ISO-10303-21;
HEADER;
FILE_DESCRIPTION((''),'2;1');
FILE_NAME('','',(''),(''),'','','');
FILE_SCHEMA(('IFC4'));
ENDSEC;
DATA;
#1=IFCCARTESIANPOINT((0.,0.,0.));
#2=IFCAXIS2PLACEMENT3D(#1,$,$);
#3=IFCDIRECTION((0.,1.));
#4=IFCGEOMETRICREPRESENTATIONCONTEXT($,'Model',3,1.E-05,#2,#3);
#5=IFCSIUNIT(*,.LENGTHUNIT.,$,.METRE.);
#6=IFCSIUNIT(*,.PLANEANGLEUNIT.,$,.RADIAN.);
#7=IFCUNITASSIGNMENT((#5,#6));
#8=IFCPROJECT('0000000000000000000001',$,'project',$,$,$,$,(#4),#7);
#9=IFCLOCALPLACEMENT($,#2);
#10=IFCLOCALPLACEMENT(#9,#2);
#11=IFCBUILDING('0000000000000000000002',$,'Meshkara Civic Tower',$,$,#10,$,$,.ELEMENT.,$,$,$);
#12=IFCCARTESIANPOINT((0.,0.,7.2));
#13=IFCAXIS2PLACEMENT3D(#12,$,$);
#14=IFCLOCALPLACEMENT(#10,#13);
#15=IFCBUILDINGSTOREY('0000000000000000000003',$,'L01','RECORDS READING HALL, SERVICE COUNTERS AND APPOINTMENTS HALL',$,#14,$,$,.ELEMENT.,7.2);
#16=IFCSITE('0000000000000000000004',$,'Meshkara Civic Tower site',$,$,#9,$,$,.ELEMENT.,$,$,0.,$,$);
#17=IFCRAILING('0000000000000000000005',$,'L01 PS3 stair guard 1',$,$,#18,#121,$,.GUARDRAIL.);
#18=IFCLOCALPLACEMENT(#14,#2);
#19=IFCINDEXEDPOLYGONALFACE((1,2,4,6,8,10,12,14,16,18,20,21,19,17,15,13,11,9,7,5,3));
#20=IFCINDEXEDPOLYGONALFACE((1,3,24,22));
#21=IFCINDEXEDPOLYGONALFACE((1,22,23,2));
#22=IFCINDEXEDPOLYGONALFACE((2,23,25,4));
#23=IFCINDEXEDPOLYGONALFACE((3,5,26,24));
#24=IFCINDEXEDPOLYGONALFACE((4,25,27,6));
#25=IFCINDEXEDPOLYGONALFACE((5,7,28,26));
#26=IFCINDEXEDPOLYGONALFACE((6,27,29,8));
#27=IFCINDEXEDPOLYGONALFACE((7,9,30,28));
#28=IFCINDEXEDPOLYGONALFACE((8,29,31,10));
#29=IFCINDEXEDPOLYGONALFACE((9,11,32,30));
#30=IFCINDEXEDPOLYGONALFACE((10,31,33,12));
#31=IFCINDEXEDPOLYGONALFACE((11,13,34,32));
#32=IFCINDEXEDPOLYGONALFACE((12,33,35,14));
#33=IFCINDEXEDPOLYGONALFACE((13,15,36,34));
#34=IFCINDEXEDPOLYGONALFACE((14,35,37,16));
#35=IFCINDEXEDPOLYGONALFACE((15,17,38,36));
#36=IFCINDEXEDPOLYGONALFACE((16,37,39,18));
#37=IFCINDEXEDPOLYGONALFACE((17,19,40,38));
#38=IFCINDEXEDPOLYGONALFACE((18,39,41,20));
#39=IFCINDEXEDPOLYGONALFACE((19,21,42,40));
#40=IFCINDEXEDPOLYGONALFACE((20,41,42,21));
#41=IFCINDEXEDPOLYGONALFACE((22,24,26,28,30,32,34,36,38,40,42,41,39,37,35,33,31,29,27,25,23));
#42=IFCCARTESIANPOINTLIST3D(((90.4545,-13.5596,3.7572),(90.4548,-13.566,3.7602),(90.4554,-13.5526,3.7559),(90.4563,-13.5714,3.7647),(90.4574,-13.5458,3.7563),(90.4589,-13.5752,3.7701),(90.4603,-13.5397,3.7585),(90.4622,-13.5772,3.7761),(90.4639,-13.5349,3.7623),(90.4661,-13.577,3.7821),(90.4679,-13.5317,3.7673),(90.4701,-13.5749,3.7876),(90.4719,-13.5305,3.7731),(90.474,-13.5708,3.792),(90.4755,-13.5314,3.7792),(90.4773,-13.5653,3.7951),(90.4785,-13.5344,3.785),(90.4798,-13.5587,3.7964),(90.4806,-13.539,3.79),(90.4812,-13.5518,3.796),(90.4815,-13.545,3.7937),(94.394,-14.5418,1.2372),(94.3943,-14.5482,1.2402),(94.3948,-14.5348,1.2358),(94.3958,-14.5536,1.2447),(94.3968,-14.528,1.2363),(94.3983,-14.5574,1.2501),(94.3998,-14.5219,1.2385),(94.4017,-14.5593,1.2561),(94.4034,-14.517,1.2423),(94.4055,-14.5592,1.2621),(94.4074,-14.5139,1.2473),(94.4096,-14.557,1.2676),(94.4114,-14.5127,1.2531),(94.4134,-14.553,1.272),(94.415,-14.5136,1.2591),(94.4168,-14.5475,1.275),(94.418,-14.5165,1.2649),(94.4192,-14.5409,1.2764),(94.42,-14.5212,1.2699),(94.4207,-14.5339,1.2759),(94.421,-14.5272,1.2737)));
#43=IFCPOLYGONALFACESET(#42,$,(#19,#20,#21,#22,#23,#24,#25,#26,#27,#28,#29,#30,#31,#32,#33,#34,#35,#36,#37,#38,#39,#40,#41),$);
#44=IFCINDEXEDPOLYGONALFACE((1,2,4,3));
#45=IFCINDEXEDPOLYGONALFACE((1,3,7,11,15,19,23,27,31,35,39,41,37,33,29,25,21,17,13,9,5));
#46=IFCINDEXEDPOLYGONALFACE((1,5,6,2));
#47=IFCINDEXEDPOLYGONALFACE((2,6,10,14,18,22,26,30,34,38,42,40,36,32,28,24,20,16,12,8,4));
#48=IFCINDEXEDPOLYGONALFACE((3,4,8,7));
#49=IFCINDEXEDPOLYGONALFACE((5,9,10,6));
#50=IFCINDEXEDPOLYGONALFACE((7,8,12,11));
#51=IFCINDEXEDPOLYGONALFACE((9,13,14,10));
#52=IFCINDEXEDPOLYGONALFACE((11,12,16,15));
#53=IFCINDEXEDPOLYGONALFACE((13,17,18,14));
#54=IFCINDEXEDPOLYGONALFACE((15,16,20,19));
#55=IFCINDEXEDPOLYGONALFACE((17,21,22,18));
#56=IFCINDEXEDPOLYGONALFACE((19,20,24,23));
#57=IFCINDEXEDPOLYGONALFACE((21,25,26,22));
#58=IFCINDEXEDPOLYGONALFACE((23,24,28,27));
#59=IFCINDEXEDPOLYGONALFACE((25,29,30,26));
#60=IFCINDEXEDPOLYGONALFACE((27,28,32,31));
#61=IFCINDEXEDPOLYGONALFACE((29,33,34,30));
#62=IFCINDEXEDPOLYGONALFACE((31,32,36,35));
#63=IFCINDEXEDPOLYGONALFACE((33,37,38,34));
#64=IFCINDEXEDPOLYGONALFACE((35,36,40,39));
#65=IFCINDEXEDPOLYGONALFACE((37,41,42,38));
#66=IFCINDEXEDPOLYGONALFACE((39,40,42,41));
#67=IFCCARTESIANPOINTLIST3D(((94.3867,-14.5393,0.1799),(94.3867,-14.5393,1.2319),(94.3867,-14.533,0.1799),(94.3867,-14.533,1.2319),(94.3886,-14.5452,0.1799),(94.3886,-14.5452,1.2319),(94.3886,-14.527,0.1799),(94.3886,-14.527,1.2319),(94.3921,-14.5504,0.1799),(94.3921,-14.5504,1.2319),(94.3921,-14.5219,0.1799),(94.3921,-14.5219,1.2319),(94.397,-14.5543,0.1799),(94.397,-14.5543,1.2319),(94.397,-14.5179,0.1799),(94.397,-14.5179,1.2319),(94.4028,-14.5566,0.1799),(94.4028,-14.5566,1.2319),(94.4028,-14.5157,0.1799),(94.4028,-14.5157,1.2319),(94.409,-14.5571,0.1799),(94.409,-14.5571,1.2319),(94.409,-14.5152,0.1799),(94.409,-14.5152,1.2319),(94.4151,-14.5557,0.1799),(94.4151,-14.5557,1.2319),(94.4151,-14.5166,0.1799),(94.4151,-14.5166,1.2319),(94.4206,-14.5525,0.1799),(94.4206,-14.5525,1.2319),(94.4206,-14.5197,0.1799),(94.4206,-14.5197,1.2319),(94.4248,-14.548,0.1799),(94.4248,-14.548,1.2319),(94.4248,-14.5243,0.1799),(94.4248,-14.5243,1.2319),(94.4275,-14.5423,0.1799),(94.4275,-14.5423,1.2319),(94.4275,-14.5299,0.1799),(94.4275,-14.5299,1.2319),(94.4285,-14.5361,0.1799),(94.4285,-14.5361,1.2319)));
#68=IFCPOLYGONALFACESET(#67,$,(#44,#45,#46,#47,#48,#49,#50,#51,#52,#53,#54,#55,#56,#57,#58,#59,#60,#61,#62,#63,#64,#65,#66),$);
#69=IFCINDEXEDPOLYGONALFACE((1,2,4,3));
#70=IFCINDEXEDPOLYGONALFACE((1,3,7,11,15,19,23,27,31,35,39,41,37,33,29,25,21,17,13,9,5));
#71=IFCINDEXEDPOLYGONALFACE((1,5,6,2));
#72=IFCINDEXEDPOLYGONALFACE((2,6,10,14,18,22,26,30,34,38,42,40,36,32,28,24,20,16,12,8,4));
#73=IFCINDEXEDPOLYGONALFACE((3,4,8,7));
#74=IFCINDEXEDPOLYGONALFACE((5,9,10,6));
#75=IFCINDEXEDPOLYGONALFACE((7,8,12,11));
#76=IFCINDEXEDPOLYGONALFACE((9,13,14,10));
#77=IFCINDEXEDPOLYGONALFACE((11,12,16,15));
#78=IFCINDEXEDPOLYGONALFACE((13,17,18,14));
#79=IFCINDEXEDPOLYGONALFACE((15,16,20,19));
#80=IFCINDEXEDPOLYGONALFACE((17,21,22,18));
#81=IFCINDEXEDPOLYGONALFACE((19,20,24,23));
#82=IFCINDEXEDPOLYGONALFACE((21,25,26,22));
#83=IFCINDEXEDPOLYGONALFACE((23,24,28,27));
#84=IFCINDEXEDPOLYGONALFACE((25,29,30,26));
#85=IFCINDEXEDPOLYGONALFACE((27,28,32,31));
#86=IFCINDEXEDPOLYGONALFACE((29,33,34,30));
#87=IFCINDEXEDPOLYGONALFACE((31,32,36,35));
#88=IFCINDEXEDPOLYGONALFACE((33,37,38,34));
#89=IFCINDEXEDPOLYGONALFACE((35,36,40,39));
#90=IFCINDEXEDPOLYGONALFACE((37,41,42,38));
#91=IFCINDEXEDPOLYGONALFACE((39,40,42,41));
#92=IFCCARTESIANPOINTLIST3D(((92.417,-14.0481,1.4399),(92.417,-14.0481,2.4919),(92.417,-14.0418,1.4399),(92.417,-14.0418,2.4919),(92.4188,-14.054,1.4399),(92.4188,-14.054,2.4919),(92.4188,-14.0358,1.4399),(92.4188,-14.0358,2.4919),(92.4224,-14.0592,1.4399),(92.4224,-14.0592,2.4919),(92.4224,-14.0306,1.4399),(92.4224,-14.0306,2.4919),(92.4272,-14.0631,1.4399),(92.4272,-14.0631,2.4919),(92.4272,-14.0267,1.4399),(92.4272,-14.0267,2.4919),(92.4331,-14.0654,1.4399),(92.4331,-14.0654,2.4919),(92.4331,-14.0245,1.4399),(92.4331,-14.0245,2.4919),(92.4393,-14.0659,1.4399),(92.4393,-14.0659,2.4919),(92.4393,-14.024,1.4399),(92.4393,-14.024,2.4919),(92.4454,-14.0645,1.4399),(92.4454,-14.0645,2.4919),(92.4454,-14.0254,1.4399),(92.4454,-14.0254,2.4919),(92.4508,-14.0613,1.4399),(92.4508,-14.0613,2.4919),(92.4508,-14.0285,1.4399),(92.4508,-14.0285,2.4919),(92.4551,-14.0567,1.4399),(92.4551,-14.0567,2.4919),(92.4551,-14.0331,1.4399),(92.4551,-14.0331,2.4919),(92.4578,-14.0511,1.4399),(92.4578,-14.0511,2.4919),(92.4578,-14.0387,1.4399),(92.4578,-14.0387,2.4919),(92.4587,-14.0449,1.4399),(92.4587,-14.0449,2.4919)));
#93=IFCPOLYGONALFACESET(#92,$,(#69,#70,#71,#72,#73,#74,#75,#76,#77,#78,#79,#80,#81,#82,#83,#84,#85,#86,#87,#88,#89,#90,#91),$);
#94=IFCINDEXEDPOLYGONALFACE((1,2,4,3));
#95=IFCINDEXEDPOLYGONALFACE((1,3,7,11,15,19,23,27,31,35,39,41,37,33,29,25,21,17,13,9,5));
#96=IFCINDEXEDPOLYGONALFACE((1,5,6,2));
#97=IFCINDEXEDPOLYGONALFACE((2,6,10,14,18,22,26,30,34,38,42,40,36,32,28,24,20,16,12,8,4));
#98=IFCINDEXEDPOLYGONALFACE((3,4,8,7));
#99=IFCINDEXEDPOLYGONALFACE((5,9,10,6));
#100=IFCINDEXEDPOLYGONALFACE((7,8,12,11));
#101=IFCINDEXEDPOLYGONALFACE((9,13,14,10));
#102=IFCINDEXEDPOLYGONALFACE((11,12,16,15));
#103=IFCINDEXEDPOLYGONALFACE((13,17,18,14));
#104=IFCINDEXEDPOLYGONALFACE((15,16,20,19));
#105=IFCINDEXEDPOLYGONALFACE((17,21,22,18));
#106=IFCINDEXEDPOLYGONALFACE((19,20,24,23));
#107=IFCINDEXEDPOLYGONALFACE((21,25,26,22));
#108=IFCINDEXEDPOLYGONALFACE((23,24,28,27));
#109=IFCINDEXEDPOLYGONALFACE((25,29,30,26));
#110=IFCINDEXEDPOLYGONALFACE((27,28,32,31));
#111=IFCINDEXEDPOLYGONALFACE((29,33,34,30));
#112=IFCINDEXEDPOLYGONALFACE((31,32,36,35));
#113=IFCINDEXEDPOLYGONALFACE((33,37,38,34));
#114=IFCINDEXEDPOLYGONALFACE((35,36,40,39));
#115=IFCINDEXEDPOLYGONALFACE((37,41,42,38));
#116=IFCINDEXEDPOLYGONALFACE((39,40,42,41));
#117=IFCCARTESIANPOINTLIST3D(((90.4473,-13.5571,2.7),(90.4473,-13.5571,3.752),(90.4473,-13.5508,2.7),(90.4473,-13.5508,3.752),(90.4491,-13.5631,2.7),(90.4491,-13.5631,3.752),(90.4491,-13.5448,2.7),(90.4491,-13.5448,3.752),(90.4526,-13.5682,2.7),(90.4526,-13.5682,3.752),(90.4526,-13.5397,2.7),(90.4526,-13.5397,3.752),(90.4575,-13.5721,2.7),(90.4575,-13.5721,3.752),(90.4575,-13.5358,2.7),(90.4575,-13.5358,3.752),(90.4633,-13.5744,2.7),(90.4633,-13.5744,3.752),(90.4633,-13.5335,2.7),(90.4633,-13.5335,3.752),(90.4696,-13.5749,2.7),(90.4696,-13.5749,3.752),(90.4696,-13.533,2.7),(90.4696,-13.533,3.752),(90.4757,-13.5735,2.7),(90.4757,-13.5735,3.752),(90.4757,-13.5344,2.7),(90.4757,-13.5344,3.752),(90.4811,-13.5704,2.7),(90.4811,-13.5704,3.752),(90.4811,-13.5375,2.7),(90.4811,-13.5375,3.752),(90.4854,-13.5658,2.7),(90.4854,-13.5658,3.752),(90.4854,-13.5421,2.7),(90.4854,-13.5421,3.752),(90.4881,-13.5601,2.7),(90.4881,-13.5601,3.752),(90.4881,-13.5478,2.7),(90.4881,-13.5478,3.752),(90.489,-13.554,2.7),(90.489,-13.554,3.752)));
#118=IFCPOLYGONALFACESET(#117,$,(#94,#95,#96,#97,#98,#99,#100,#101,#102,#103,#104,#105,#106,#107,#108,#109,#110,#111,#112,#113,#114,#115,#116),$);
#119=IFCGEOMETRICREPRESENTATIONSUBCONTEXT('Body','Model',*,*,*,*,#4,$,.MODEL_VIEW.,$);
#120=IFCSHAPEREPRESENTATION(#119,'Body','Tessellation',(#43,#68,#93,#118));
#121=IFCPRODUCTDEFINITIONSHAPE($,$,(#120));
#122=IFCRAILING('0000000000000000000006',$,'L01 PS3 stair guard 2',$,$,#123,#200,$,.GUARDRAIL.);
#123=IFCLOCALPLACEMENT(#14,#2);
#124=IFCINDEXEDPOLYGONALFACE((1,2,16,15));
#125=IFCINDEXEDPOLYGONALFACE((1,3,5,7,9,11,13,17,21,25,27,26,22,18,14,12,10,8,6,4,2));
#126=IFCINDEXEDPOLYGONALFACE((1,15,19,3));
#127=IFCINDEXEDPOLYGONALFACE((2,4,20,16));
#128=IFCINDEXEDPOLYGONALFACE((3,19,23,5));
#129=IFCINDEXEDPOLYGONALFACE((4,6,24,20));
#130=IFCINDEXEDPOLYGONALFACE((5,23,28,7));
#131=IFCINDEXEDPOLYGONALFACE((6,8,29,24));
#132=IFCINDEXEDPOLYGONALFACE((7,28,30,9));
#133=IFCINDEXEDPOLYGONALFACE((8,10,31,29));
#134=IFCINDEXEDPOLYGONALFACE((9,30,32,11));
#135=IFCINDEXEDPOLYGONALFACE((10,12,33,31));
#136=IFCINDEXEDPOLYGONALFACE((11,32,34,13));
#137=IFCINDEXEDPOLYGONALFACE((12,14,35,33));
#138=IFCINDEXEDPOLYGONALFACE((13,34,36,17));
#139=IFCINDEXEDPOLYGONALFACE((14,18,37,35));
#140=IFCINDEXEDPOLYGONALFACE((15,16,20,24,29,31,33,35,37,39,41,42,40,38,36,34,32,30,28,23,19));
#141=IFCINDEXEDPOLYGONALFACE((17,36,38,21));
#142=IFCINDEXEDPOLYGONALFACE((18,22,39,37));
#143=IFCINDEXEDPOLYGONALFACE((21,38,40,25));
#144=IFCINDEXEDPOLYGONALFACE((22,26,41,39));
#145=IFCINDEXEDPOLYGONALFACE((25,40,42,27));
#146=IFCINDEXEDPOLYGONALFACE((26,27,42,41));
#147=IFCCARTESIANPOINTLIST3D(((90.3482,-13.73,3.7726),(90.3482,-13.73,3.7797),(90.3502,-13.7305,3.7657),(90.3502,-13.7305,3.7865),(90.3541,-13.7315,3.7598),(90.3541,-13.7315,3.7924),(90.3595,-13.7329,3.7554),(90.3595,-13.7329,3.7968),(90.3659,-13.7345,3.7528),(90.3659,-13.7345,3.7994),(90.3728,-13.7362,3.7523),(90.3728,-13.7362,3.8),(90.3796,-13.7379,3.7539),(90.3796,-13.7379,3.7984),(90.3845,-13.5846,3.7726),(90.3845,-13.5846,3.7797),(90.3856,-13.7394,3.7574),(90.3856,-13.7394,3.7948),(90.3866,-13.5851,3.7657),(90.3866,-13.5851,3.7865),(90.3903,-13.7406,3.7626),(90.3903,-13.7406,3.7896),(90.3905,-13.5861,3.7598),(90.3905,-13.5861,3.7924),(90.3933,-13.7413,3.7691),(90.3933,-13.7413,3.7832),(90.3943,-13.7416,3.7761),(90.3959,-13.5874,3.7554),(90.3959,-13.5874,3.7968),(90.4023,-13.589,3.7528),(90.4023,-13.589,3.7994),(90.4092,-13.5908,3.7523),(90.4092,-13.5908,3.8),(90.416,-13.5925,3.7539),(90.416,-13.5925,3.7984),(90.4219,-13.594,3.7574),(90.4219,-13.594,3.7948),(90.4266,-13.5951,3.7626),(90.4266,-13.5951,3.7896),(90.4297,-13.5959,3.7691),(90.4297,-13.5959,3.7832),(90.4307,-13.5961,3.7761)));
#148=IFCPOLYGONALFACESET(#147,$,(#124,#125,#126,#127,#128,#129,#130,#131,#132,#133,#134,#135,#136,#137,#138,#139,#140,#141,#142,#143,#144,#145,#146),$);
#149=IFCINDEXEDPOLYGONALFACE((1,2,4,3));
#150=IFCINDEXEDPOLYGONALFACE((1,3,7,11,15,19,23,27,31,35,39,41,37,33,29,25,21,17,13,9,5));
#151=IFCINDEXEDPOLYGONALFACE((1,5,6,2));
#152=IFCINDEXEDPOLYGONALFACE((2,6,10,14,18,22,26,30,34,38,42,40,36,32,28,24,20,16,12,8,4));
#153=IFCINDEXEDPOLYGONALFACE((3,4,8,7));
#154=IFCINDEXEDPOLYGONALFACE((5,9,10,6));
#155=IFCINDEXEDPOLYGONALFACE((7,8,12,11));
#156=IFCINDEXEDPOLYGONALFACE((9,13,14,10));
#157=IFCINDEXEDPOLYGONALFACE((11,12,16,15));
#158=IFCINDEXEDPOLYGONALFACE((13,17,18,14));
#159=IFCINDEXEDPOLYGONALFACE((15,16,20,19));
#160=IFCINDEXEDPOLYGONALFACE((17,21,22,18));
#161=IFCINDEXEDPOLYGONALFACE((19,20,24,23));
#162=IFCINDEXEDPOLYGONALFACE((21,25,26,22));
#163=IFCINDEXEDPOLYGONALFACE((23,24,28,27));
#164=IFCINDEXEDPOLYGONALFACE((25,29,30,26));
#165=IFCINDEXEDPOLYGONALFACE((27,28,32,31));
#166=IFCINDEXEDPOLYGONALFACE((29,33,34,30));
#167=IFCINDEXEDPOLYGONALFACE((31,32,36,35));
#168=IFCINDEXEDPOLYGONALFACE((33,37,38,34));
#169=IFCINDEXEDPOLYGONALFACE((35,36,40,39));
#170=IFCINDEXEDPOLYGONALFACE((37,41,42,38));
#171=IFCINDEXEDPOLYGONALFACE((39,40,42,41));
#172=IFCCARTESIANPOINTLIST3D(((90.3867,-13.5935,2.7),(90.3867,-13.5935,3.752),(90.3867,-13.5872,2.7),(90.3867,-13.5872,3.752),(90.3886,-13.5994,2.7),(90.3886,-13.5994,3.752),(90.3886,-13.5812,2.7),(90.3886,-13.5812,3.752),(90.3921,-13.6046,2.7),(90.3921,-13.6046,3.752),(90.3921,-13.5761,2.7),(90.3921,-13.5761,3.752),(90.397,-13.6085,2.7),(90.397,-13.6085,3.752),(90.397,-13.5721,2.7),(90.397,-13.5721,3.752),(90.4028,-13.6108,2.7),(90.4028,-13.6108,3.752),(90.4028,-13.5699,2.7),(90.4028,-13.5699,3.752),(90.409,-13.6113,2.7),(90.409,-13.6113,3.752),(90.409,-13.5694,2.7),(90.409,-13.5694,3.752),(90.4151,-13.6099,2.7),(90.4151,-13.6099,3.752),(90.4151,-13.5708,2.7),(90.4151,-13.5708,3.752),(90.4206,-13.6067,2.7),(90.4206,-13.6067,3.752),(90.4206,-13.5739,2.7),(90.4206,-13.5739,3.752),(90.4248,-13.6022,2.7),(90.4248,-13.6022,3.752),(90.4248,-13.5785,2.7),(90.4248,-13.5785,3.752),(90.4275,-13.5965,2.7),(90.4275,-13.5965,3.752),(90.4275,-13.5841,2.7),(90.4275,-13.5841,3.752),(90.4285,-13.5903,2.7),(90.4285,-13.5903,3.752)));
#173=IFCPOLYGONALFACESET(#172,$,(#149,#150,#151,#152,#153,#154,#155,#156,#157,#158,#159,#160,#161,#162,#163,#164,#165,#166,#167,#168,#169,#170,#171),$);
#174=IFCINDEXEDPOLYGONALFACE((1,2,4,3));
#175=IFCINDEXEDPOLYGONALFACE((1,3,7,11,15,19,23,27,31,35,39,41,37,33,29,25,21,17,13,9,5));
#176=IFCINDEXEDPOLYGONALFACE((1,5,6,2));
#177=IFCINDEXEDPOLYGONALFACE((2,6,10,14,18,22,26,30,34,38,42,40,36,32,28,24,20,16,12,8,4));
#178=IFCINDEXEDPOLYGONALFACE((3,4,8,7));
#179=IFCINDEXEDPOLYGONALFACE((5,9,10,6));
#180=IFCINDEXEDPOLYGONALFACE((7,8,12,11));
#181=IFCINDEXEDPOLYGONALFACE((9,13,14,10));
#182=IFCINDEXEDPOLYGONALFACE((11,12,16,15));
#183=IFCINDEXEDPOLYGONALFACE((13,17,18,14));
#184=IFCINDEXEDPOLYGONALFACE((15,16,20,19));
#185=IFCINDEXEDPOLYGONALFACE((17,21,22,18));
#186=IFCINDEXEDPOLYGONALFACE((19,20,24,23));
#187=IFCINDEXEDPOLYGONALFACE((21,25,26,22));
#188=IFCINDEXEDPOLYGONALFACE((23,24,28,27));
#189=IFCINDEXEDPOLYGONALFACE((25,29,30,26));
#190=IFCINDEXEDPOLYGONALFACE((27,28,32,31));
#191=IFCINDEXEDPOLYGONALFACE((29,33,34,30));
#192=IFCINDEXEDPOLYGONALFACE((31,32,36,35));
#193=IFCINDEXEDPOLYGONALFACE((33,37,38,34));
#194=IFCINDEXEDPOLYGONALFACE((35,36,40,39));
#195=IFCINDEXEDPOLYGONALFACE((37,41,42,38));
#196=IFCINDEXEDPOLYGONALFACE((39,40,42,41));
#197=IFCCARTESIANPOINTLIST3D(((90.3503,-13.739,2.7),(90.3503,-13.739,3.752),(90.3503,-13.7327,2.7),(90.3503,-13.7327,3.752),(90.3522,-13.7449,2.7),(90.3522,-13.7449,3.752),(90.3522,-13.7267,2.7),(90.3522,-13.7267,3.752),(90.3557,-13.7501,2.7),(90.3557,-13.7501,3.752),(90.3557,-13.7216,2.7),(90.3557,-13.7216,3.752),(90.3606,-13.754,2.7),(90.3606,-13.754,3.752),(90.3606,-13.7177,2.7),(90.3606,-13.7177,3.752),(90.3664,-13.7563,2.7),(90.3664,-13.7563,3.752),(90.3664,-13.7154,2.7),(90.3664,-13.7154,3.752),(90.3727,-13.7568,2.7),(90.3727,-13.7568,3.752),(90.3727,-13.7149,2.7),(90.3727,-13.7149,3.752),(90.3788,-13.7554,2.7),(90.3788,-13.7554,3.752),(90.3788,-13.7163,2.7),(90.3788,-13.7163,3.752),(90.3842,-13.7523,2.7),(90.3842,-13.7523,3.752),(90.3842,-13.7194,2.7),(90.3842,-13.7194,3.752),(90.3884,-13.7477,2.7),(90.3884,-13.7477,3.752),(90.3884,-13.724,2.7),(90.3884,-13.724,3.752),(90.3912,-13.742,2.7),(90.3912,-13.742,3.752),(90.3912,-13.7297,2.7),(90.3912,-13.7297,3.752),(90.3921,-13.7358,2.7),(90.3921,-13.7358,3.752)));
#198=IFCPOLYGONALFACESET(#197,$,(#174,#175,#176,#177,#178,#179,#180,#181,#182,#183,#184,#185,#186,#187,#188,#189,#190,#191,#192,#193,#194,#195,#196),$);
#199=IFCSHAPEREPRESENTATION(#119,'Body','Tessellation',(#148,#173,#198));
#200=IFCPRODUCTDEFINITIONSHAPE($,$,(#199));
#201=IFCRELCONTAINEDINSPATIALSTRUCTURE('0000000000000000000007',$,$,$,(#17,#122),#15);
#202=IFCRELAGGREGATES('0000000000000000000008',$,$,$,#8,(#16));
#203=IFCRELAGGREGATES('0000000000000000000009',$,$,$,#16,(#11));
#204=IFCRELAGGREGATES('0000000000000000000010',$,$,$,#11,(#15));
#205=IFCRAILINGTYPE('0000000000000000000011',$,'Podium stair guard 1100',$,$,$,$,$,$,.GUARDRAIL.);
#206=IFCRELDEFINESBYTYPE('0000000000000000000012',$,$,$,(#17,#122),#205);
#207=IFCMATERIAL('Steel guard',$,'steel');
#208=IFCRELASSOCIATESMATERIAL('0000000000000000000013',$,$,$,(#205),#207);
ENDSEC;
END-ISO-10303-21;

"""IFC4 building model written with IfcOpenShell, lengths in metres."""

from ifc_helpers import new_model, si_unit, direction, frame, origin, origin_2d, place, context, subcontext, project, spatial, circle, extrude, material, type_object, element, save


model = new_model("IFC4")

# Units and contexts
model_context = context("Model", 3, precision=1e-05, world=origin(), true_north=direction((0.0, 1.0)))
body_context = subcontext(model_context, "Body", "Model", "MODEL_VIEW")
ifc_project = project(units=[si_unit("LENGTHUNIT", "METRE"), si_unit("PLANEANGLEUNIT", "RADIAN")], contexts=[model_context])

# Site, building, storey
site_placement = place(None, origin())
site = spatial("IfcSite", under=ifc_project, at=site_placement, Name="Meshkara Civic Tower site", CompositionType="ELEMENT", RefElevation=0.0)
building_placement = place(site_placement, origin())
building = spatial("IfcBuilding", under=site, at=building_placement, Name="Meshkara Civic Tower", CompositionType="ELEMENT")
storey_placement = place(building_placement, frame((0.0, 0.0, 7.2)))
storey = spatial("IfcBuildingStorey", under=building, at=storey_placement, Name="L01", Description="RECORDS READING HALL, SERVICE COUNTERS AND APPOINTMENTS HALL", CompositionType="ELEMENT", Elevation=7.2)

# Railings
ifc_material_1 = material(Name="Steel guard", Category="steel")
railing_type_1 = type_object("IfcRailingType", Name="Podium stair guard 1100", PredefinedType="GUARDRAIL", material=ifc_material_1)
railing_1_placement = place(storey_placement, frame((94.4075, -14.5361, 0.1799)))
element("IfcRailing", 1, at=railing_1_placement, inside=storey, type_object=railing_type_1, Name="L01 PS3 stair guard 1", PredefinedType="GUARDRAIL", context=body_context, shape_type="SweptSolid", body=[
    extrude(circle(Radius=0.0239, at=origin_2d()), frame((0.0, 0.0, 1.0762), z_axis=(-0.824405, 0.205539, 0.527362), x_axis=(-0.241913, -0.970298, 0.0)), (0.0, 0.0, 1.0), 4.7786),
    extrude(circle(Radius=0.021, at=origin_2d()), origin(), (0.0, 0.0, 1.0), 1.052),
    extrude(circle(Radius=0.021, at=origin_2d()), frame((-1.9697, 0.4912, 1.26)), (0.0, 0.0, 1.0), 1.052),
    extrude(circle(Radius=0.021, at=origin_2d()), frame((-3.9395, 0.9822, 2.52)), (0.0, 0.0, 1.0), 1.052),
])
railing_2_placement = place(storey_placement, frame((90.4075, -13.5903, 2.7)))
element("IfcRailing", 2, at=railing_2_placement, inside=storey, type_object=railing_type_1, Name="L01 PS3 stair guard 2", PredefinedType="GUARDRAIL", context=body_context, shape_type="SweptSolid", body=[
    extrude(circle(Radius=0.0239, at=origin_2d()), frame((0.0, 0.0, 1.0762), z_axis=(-0.242536, -0.970143, 0.0), x_axis=(0.970143, -0.242536, 0.0)), (0.0, 0.0, 1.0), 0.1499),
    extrude(circle(Radius=0.021, at=origin_2d()), origin(), (0.0, 0.0, 1.0), 1.052),
    extrude(circle(Radius=0.021, at=origin_2d()), frame((-0.0364, -0.1455, 0.0)), (0.0, 0.0, 1.0), 1.052),
])

save(model, "model.ifc")
